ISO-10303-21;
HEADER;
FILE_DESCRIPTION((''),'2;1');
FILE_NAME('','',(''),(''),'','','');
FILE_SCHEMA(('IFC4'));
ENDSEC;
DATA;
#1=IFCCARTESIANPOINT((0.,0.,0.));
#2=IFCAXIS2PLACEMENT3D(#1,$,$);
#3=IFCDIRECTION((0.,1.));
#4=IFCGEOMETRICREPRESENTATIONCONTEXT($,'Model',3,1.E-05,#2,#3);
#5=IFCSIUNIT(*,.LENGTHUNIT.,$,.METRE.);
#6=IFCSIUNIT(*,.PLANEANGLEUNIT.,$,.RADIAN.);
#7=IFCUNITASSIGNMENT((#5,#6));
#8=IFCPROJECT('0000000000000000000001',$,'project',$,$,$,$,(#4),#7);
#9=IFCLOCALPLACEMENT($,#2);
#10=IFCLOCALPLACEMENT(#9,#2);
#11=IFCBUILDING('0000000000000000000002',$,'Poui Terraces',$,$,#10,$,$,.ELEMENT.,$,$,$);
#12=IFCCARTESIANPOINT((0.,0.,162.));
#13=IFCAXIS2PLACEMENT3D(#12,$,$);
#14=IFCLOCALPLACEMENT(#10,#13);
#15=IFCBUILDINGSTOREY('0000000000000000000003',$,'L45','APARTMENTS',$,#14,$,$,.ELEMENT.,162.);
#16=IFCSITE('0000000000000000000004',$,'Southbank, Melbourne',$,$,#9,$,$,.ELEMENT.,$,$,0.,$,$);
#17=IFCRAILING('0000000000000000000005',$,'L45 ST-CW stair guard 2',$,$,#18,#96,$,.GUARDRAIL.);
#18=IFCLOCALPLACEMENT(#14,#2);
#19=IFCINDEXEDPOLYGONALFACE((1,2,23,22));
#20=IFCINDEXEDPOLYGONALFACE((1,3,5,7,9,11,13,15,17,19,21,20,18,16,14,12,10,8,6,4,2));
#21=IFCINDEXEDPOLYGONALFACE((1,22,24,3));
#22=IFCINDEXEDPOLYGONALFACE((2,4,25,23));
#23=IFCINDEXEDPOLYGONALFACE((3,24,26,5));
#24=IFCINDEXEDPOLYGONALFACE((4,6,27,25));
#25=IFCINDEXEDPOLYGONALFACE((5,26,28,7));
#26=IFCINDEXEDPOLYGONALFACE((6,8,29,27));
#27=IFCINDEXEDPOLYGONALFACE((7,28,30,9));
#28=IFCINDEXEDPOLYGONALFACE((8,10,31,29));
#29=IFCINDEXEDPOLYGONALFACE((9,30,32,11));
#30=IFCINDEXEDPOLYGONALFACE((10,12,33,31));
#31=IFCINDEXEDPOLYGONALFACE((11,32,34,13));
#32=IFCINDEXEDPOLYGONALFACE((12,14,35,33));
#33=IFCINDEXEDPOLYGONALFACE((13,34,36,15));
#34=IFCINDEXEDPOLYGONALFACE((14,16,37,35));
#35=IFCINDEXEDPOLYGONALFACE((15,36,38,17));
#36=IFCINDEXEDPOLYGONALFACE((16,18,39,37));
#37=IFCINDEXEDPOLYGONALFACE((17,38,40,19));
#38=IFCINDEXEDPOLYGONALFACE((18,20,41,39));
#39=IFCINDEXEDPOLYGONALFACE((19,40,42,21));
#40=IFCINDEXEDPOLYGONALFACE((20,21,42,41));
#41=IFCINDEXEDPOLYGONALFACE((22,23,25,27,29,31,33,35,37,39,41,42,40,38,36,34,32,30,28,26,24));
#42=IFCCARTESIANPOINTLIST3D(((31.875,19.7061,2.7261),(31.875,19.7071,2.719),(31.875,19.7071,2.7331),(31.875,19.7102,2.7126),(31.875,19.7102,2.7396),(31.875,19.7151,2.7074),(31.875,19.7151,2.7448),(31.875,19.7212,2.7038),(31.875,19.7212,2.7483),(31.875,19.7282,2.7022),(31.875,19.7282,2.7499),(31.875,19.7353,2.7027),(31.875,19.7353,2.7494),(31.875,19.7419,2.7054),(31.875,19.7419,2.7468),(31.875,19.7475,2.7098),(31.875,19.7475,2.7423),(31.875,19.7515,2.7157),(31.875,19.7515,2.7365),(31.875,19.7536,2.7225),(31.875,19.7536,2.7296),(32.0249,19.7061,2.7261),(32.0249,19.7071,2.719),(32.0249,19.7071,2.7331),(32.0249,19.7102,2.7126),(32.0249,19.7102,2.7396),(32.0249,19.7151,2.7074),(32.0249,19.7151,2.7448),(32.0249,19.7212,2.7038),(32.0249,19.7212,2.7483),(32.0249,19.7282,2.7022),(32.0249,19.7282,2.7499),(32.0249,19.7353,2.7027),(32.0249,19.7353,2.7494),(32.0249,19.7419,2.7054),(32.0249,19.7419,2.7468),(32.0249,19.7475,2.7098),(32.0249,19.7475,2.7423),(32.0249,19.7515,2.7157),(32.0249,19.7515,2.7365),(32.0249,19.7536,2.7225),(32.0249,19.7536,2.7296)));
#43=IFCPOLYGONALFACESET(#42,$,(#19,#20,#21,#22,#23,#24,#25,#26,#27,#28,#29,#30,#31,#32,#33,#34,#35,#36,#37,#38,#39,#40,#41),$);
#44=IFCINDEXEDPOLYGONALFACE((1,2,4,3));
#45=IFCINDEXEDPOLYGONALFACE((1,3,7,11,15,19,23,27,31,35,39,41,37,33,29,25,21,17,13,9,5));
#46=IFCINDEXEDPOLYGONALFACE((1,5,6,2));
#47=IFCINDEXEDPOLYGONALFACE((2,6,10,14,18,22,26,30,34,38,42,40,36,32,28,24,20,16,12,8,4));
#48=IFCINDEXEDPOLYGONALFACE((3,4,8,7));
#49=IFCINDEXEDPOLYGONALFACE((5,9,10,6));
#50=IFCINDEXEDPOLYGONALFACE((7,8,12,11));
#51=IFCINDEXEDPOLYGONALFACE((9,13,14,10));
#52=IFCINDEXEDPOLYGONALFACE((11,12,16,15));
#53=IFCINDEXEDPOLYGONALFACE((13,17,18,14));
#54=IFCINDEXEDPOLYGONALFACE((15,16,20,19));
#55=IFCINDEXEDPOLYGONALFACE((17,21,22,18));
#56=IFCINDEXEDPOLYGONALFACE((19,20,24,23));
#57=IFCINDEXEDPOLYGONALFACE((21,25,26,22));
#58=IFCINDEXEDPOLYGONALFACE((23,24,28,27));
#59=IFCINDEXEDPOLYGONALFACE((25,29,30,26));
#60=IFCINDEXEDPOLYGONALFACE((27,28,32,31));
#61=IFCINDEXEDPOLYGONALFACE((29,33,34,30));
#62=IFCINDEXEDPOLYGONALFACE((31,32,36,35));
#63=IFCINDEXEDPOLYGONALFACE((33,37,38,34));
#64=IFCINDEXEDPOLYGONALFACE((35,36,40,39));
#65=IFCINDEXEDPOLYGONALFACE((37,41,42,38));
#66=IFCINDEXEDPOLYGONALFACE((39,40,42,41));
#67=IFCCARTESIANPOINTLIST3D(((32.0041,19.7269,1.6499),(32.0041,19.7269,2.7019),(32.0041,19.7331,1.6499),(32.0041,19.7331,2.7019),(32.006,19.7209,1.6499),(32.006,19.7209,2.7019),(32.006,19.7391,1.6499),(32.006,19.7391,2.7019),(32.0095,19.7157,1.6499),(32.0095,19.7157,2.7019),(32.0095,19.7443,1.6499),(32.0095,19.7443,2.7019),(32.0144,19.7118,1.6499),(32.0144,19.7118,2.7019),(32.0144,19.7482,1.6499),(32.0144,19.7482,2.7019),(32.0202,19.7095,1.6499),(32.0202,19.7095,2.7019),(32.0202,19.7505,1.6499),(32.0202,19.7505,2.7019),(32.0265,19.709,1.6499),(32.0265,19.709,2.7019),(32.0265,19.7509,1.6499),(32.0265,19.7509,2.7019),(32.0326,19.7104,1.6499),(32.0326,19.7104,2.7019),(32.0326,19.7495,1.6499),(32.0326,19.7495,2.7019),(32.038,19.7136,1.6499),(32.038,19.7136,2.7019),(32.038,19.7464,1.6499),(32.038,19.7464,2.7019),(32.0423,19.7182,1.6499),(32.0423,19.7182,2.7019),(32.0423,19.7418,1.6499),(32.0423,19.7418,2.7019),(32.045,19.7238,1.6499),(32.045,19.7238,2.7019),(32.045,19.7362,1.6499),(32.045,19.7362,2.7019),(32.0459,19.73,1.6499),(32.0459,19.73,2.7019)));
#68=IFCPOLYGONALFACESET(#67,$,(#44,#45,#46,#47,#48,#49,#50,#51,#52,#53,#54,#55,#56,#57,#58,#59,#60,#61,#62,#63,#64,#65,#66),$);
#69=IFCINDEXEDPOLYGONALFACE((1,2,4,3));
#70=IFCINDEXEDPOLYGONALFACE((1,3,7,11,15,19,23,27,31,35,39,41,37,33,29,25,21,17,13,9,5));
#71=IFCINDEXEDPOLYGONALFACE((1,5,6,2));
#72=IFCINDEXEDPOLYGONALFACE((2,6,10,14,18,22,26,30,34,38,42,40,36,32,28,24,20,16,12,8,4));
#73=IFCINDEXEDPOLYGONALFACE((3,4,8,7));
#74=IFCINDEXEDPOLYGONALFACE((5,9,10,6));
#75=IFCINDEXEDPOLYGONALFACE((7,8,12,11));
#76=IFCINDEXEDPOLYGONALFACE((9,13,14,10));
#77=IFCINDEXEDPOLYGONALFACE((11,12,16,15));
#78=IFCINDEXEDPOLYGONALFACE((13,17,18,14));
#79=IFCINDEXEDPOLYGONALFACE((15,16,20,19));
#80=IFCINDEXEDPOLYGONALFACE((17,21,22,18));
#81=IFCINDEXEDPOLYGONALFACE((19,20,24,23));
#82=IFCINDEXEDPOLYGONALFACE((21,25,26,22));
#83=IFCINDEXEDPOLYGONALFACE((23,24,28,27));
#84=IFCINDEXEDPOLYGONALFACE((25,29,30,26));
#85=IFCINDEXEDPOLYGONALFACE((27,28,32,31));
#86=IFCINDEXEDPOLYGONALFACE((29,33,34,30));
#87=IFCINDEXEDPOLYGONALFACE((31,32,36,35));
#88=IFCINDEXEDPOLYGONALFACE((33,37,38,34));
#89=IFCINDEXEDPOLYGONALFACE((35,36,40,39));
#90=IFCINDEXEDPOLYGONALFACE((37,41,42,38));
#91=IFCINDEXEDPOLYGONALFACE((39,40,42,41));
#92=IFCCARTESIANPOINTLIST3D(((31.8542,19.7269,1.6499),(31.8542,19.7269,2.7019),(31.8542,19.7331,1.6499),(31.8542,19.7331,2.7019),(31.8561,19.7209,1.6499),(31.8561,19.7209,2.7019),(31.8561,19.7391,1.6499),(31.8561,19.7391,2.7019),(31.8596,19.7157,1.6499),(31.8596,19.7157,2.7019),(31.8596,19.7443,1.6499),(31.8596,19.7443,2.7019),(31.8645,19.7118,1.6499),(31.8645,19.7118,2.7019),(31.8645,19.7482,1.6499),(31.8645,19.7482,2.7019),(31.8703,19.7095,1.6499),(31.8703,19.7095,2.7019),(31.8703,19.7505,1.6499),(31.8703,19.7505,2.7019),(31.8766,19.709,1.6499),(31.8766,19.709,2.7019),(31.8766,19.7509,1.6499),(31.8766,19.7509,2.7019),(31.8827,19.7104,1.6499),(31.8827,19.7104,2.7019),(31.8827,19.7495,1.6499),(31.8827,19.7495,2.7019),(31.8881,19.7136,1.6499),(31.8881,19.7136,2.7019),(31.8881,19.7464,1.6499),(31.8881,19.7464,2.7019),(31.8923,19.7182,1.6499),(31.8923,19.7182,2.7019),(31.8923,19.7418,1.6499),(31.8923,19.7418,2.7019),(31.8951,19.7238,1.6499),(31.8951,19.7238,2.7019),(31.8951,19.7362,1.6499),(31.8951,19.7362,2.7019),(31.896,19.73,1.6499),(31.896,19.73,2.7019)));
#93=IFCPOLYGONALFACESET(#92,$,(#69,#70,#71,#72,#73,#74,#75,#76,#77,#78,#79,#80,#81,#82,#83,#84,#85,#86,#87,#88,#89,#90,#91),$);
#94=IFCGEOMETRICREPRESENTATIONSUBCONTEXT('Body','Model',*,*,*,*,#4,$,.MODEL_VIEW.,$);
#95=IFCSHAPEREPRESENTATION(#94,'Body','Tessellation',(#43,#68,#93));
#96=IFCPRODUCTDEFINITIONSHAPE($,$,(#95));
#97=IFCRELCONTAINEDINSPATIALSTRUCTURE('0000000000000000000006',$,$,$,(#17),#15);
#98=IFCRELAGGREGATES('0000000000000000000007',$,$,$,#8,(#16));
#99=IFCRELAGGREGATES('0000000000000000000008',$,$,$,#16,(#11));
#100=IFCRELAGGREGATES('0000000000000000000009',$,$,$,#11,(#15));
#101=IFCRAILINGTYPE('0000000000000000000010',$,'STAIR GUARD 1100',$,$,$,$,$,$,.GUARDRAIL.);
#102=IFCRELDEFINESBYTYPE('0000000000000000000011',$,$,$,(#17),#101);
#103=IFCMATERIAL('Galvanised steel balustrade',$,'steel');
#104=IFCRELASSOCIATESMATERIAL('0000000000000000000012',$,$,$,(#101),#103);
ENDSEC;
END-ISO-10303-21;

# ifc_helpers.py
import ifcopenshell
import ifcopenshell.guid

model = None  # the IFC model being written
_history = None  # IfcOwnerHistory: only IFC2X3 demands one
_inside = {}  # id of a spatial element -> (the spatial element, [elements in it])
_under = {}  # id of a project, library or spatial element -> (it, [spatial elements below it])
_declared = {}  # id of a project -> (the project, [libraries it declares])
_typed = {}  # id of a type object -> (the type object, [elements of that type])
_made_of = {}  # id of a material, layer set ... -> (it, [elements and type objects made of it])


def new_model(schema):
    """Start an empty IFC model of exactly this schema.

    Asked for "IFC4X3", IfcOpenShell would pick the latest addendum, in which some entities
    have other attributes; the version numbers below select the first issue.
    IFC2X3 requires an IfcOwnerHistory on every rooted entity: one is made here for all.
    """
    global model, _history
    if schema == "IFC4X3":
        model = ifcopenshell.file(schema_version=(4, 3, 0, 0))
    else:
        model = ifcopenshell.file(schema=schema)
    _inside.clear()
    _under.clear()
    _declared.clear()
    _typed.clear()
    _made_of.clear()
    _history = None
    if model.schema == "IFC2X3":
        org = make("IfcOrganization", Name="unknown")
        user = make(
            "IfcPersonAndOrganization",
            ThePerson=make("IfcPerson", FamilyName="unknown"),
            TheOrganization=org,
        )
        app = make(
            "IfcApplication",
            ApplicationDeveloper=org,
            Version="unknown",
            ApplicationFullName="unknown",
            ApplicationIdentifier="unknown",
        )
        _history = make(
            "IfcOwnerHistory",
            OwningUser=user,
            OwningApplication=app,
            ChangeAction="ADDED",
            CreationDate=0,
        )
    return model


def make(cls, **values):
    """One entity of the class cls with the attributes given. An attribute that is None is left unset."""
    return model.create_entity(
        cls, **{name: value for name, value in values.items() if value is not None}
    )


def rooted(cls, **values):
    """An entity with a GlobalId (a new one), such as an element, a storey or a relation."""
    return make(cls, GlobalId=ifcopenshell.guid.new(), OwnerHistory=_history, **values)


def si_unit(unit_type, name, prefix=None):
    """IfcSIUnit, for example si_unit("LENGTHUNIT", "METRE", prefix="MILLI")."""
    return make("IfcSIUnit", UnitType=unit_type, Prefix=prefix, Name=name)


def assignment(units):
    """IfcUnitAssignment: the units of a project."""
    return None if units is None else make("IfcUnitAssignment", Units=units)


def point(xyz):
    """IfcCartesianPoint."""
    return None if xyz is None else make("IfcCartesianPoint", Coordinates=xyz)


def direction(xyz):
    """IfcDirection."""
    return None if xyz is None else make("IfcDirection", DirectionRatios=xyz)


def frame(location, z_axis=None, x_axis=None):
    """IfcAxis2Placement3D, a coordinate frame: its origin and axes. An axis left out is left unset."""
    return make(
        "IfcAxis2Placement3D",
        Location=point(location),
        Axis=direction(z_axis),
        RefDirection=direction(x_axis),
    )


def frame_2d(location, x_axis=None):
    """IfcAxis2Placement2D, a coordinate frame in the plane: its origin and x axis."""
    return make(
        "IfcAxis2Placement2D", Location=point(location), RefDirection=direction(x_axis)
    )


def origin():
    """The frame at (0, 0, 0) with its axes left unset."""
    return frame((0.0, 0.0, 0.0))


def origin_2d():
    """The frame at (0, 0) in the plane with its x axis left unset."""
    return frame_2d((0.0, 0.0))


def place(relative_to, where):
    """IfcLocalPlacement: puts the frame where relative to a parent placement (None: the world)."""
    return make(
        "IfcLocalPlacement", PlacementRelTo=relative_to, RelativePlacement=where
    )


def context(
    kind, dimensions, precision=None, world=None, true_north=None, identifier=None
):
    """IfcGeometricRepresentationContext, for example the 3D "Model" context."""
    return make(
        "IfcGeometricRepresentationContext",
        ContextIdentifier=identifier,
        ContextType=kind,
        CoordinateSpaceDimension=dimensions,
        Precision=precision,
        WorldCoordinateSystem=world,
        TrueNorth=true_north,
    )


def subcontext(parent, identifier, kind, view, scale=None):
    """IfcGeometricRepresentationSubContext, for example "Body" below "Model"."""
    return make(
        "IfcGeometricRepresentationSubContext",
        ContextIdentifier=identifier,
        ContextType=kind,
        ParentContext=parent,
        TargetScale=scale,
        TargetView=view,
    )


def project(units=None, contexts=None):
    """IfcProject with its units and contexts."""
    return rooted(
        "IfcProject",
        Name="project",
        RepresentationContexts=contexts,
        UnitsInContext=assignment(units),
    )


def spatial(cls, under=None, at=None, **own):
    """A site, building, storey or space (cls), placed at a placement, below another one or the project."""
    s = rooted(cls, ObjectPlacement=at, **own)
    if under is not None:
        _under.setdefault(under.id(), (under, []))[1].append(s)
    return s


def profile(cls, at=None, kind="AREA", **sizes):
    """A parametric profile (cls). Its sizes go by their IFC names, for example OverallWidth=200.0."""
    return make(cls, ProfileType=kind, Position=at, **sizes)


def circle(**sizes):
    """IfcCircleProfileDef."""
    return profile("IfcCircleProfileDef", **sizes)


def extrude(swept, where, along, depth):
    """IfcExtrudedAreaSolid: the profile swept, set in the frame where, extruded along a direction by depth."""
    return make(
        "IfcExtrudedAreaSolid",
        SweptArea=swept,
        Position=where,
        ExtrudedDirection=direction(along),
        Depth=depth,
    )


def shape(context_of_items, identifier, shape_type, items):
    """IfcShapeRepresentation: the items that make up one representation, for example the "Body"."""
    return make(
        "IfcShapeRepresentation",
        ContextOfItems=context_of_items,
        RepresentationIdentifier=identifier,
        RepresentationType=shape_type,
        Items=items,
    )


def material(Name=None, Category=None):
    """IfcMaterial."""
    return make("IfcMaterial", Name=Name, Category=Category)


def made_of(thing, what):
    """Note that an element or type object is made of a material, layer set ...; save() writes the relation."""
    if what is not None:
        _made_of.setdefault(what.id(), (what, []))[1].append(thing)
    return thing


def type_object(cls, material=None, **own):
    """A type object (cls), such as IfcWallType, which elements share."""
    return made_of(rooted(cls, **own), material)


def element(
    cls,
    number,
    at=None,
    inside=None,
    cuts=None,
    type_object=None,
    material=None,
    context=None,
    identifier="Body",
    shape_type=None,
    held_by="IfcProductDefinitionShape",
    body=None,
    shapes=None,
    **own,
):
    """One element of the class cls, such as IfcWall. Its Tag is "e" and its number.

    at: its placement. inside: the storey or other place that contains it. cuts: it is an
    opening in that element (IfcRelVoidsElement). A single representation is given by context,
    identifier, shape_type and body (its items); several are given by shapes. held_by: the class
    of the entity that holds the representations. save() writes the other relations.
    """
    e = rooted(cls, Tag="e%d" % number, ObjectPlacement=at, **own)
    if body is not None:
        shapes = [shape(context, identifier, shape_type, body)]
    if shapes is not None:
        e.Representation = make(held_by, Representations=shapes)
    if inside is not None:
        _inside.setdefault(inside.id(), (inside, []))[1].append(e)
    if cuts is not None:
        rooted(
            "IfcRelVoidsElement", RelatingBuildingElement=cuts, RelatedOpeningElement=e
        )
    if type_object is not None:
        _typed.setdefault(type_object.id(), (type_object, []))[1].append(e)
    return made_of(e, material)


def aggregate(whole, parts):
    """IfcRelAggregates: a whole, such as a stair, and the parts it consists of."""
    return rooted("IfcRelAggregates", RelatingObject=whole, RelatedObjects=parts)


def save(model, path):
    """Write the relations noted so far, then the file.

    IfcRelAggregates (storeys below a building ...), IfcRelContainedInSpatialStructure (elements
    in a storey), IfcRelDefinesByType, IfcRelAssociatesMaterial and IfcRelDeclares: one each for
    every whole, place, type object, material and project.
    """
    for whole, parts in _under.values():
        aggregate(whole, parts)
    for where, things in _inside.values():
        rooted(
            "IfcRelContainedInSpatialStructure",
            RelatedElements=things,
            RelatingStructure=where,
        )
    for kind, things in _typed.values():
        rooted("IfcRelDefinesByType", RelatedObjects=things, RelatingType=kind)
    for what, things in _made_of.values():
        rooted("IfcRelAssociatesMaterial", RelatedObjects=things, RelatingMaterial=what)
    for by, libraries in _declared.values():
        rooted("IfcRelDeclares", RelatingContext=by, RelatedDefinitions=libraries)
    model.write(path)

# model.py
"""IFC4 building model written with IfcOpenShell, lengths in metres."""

from ifc_helpers import new_model, si_unit, direction, frame, origin, origin_2d, place, context, subcontext, project, spatial, circle, extrude, material, type_object, element, save


model = new_model("IFC4")

# Units and contexts
model_context = context("Model", 3, precision=1e-05, world=origin(), true_north=direction((0.0, 1.0)))
body_context = subcontext(model_context, "Body", "Model", "MODEL_VIEW")
ifc_project = project(units=[si_unit("LENGTHUNIT", "METRE"), si_unit("PLANEANGLEUNIT", "RADIAN")], contexts=[model_context])

# Site, building, storey
site_placement = place(None, origin())
site = spatial("IfcSite", under=ifc_project, at=site_placement, Name="Southbank, Melbourne", CompositionType="ELEMENT", RefElevation=0.0)
building_placement = place(site_placement, origin())
building = spatial("IfcBuilding", under=site, at=building_placement, Name="Poui Terraces", CompositionType="ELEMENT")
storey_placement = place(building_placement, frame((0.0, 0.0, 162.0)))
storey = spatial("IfcBuildingStorey", under=building, at=storey_placement, Name="L45", Description="APARTMENTS", CompositionType="ELEMENT", Elevation=162.0)

# Railing
ifc_material_1 = material(Name="Galvanised steel balustrade", Category="steel")
railing_type_1 = type_object("IfcRailingType", Name="STAIR GUARD 1100", PredefinedType="GUARDRAIL", material=ifc_material_1)
railing_1_placement = place(storey_placement, frame((32.0249, 19.73, 1.6499)))
element("IfcRailing", 1, at=railing_1_placement, inside=storey, type_object=railing_type_1, Name="L45 ST-CW stair guard 2", PredefinedType="GUARDRAIL", context=body_context, shape_type="SweptSolid", body=[
    extrude(circle(Radius=0.0239, at=origin_2d()), frame((0.0, 0.0, 1.0762), z_axis=(-1.0, 0.0, 0.0), x_axis=(0.0, -1.0, 0.0)), (0.0, 0.0, 1.0), 0.1499),
    extrude(circle(Radius=0.021, at=origin_2d()), origin(), (0.0, 0.0, 1.0), 1.052),
    extrude(circle(Radius=0.021, at=origin_2d()), frame((-0.1499, 0.0, 0.0)), (0.0, 0.0, 1.0), 1.052),
])

save(model, "model.ifc")
